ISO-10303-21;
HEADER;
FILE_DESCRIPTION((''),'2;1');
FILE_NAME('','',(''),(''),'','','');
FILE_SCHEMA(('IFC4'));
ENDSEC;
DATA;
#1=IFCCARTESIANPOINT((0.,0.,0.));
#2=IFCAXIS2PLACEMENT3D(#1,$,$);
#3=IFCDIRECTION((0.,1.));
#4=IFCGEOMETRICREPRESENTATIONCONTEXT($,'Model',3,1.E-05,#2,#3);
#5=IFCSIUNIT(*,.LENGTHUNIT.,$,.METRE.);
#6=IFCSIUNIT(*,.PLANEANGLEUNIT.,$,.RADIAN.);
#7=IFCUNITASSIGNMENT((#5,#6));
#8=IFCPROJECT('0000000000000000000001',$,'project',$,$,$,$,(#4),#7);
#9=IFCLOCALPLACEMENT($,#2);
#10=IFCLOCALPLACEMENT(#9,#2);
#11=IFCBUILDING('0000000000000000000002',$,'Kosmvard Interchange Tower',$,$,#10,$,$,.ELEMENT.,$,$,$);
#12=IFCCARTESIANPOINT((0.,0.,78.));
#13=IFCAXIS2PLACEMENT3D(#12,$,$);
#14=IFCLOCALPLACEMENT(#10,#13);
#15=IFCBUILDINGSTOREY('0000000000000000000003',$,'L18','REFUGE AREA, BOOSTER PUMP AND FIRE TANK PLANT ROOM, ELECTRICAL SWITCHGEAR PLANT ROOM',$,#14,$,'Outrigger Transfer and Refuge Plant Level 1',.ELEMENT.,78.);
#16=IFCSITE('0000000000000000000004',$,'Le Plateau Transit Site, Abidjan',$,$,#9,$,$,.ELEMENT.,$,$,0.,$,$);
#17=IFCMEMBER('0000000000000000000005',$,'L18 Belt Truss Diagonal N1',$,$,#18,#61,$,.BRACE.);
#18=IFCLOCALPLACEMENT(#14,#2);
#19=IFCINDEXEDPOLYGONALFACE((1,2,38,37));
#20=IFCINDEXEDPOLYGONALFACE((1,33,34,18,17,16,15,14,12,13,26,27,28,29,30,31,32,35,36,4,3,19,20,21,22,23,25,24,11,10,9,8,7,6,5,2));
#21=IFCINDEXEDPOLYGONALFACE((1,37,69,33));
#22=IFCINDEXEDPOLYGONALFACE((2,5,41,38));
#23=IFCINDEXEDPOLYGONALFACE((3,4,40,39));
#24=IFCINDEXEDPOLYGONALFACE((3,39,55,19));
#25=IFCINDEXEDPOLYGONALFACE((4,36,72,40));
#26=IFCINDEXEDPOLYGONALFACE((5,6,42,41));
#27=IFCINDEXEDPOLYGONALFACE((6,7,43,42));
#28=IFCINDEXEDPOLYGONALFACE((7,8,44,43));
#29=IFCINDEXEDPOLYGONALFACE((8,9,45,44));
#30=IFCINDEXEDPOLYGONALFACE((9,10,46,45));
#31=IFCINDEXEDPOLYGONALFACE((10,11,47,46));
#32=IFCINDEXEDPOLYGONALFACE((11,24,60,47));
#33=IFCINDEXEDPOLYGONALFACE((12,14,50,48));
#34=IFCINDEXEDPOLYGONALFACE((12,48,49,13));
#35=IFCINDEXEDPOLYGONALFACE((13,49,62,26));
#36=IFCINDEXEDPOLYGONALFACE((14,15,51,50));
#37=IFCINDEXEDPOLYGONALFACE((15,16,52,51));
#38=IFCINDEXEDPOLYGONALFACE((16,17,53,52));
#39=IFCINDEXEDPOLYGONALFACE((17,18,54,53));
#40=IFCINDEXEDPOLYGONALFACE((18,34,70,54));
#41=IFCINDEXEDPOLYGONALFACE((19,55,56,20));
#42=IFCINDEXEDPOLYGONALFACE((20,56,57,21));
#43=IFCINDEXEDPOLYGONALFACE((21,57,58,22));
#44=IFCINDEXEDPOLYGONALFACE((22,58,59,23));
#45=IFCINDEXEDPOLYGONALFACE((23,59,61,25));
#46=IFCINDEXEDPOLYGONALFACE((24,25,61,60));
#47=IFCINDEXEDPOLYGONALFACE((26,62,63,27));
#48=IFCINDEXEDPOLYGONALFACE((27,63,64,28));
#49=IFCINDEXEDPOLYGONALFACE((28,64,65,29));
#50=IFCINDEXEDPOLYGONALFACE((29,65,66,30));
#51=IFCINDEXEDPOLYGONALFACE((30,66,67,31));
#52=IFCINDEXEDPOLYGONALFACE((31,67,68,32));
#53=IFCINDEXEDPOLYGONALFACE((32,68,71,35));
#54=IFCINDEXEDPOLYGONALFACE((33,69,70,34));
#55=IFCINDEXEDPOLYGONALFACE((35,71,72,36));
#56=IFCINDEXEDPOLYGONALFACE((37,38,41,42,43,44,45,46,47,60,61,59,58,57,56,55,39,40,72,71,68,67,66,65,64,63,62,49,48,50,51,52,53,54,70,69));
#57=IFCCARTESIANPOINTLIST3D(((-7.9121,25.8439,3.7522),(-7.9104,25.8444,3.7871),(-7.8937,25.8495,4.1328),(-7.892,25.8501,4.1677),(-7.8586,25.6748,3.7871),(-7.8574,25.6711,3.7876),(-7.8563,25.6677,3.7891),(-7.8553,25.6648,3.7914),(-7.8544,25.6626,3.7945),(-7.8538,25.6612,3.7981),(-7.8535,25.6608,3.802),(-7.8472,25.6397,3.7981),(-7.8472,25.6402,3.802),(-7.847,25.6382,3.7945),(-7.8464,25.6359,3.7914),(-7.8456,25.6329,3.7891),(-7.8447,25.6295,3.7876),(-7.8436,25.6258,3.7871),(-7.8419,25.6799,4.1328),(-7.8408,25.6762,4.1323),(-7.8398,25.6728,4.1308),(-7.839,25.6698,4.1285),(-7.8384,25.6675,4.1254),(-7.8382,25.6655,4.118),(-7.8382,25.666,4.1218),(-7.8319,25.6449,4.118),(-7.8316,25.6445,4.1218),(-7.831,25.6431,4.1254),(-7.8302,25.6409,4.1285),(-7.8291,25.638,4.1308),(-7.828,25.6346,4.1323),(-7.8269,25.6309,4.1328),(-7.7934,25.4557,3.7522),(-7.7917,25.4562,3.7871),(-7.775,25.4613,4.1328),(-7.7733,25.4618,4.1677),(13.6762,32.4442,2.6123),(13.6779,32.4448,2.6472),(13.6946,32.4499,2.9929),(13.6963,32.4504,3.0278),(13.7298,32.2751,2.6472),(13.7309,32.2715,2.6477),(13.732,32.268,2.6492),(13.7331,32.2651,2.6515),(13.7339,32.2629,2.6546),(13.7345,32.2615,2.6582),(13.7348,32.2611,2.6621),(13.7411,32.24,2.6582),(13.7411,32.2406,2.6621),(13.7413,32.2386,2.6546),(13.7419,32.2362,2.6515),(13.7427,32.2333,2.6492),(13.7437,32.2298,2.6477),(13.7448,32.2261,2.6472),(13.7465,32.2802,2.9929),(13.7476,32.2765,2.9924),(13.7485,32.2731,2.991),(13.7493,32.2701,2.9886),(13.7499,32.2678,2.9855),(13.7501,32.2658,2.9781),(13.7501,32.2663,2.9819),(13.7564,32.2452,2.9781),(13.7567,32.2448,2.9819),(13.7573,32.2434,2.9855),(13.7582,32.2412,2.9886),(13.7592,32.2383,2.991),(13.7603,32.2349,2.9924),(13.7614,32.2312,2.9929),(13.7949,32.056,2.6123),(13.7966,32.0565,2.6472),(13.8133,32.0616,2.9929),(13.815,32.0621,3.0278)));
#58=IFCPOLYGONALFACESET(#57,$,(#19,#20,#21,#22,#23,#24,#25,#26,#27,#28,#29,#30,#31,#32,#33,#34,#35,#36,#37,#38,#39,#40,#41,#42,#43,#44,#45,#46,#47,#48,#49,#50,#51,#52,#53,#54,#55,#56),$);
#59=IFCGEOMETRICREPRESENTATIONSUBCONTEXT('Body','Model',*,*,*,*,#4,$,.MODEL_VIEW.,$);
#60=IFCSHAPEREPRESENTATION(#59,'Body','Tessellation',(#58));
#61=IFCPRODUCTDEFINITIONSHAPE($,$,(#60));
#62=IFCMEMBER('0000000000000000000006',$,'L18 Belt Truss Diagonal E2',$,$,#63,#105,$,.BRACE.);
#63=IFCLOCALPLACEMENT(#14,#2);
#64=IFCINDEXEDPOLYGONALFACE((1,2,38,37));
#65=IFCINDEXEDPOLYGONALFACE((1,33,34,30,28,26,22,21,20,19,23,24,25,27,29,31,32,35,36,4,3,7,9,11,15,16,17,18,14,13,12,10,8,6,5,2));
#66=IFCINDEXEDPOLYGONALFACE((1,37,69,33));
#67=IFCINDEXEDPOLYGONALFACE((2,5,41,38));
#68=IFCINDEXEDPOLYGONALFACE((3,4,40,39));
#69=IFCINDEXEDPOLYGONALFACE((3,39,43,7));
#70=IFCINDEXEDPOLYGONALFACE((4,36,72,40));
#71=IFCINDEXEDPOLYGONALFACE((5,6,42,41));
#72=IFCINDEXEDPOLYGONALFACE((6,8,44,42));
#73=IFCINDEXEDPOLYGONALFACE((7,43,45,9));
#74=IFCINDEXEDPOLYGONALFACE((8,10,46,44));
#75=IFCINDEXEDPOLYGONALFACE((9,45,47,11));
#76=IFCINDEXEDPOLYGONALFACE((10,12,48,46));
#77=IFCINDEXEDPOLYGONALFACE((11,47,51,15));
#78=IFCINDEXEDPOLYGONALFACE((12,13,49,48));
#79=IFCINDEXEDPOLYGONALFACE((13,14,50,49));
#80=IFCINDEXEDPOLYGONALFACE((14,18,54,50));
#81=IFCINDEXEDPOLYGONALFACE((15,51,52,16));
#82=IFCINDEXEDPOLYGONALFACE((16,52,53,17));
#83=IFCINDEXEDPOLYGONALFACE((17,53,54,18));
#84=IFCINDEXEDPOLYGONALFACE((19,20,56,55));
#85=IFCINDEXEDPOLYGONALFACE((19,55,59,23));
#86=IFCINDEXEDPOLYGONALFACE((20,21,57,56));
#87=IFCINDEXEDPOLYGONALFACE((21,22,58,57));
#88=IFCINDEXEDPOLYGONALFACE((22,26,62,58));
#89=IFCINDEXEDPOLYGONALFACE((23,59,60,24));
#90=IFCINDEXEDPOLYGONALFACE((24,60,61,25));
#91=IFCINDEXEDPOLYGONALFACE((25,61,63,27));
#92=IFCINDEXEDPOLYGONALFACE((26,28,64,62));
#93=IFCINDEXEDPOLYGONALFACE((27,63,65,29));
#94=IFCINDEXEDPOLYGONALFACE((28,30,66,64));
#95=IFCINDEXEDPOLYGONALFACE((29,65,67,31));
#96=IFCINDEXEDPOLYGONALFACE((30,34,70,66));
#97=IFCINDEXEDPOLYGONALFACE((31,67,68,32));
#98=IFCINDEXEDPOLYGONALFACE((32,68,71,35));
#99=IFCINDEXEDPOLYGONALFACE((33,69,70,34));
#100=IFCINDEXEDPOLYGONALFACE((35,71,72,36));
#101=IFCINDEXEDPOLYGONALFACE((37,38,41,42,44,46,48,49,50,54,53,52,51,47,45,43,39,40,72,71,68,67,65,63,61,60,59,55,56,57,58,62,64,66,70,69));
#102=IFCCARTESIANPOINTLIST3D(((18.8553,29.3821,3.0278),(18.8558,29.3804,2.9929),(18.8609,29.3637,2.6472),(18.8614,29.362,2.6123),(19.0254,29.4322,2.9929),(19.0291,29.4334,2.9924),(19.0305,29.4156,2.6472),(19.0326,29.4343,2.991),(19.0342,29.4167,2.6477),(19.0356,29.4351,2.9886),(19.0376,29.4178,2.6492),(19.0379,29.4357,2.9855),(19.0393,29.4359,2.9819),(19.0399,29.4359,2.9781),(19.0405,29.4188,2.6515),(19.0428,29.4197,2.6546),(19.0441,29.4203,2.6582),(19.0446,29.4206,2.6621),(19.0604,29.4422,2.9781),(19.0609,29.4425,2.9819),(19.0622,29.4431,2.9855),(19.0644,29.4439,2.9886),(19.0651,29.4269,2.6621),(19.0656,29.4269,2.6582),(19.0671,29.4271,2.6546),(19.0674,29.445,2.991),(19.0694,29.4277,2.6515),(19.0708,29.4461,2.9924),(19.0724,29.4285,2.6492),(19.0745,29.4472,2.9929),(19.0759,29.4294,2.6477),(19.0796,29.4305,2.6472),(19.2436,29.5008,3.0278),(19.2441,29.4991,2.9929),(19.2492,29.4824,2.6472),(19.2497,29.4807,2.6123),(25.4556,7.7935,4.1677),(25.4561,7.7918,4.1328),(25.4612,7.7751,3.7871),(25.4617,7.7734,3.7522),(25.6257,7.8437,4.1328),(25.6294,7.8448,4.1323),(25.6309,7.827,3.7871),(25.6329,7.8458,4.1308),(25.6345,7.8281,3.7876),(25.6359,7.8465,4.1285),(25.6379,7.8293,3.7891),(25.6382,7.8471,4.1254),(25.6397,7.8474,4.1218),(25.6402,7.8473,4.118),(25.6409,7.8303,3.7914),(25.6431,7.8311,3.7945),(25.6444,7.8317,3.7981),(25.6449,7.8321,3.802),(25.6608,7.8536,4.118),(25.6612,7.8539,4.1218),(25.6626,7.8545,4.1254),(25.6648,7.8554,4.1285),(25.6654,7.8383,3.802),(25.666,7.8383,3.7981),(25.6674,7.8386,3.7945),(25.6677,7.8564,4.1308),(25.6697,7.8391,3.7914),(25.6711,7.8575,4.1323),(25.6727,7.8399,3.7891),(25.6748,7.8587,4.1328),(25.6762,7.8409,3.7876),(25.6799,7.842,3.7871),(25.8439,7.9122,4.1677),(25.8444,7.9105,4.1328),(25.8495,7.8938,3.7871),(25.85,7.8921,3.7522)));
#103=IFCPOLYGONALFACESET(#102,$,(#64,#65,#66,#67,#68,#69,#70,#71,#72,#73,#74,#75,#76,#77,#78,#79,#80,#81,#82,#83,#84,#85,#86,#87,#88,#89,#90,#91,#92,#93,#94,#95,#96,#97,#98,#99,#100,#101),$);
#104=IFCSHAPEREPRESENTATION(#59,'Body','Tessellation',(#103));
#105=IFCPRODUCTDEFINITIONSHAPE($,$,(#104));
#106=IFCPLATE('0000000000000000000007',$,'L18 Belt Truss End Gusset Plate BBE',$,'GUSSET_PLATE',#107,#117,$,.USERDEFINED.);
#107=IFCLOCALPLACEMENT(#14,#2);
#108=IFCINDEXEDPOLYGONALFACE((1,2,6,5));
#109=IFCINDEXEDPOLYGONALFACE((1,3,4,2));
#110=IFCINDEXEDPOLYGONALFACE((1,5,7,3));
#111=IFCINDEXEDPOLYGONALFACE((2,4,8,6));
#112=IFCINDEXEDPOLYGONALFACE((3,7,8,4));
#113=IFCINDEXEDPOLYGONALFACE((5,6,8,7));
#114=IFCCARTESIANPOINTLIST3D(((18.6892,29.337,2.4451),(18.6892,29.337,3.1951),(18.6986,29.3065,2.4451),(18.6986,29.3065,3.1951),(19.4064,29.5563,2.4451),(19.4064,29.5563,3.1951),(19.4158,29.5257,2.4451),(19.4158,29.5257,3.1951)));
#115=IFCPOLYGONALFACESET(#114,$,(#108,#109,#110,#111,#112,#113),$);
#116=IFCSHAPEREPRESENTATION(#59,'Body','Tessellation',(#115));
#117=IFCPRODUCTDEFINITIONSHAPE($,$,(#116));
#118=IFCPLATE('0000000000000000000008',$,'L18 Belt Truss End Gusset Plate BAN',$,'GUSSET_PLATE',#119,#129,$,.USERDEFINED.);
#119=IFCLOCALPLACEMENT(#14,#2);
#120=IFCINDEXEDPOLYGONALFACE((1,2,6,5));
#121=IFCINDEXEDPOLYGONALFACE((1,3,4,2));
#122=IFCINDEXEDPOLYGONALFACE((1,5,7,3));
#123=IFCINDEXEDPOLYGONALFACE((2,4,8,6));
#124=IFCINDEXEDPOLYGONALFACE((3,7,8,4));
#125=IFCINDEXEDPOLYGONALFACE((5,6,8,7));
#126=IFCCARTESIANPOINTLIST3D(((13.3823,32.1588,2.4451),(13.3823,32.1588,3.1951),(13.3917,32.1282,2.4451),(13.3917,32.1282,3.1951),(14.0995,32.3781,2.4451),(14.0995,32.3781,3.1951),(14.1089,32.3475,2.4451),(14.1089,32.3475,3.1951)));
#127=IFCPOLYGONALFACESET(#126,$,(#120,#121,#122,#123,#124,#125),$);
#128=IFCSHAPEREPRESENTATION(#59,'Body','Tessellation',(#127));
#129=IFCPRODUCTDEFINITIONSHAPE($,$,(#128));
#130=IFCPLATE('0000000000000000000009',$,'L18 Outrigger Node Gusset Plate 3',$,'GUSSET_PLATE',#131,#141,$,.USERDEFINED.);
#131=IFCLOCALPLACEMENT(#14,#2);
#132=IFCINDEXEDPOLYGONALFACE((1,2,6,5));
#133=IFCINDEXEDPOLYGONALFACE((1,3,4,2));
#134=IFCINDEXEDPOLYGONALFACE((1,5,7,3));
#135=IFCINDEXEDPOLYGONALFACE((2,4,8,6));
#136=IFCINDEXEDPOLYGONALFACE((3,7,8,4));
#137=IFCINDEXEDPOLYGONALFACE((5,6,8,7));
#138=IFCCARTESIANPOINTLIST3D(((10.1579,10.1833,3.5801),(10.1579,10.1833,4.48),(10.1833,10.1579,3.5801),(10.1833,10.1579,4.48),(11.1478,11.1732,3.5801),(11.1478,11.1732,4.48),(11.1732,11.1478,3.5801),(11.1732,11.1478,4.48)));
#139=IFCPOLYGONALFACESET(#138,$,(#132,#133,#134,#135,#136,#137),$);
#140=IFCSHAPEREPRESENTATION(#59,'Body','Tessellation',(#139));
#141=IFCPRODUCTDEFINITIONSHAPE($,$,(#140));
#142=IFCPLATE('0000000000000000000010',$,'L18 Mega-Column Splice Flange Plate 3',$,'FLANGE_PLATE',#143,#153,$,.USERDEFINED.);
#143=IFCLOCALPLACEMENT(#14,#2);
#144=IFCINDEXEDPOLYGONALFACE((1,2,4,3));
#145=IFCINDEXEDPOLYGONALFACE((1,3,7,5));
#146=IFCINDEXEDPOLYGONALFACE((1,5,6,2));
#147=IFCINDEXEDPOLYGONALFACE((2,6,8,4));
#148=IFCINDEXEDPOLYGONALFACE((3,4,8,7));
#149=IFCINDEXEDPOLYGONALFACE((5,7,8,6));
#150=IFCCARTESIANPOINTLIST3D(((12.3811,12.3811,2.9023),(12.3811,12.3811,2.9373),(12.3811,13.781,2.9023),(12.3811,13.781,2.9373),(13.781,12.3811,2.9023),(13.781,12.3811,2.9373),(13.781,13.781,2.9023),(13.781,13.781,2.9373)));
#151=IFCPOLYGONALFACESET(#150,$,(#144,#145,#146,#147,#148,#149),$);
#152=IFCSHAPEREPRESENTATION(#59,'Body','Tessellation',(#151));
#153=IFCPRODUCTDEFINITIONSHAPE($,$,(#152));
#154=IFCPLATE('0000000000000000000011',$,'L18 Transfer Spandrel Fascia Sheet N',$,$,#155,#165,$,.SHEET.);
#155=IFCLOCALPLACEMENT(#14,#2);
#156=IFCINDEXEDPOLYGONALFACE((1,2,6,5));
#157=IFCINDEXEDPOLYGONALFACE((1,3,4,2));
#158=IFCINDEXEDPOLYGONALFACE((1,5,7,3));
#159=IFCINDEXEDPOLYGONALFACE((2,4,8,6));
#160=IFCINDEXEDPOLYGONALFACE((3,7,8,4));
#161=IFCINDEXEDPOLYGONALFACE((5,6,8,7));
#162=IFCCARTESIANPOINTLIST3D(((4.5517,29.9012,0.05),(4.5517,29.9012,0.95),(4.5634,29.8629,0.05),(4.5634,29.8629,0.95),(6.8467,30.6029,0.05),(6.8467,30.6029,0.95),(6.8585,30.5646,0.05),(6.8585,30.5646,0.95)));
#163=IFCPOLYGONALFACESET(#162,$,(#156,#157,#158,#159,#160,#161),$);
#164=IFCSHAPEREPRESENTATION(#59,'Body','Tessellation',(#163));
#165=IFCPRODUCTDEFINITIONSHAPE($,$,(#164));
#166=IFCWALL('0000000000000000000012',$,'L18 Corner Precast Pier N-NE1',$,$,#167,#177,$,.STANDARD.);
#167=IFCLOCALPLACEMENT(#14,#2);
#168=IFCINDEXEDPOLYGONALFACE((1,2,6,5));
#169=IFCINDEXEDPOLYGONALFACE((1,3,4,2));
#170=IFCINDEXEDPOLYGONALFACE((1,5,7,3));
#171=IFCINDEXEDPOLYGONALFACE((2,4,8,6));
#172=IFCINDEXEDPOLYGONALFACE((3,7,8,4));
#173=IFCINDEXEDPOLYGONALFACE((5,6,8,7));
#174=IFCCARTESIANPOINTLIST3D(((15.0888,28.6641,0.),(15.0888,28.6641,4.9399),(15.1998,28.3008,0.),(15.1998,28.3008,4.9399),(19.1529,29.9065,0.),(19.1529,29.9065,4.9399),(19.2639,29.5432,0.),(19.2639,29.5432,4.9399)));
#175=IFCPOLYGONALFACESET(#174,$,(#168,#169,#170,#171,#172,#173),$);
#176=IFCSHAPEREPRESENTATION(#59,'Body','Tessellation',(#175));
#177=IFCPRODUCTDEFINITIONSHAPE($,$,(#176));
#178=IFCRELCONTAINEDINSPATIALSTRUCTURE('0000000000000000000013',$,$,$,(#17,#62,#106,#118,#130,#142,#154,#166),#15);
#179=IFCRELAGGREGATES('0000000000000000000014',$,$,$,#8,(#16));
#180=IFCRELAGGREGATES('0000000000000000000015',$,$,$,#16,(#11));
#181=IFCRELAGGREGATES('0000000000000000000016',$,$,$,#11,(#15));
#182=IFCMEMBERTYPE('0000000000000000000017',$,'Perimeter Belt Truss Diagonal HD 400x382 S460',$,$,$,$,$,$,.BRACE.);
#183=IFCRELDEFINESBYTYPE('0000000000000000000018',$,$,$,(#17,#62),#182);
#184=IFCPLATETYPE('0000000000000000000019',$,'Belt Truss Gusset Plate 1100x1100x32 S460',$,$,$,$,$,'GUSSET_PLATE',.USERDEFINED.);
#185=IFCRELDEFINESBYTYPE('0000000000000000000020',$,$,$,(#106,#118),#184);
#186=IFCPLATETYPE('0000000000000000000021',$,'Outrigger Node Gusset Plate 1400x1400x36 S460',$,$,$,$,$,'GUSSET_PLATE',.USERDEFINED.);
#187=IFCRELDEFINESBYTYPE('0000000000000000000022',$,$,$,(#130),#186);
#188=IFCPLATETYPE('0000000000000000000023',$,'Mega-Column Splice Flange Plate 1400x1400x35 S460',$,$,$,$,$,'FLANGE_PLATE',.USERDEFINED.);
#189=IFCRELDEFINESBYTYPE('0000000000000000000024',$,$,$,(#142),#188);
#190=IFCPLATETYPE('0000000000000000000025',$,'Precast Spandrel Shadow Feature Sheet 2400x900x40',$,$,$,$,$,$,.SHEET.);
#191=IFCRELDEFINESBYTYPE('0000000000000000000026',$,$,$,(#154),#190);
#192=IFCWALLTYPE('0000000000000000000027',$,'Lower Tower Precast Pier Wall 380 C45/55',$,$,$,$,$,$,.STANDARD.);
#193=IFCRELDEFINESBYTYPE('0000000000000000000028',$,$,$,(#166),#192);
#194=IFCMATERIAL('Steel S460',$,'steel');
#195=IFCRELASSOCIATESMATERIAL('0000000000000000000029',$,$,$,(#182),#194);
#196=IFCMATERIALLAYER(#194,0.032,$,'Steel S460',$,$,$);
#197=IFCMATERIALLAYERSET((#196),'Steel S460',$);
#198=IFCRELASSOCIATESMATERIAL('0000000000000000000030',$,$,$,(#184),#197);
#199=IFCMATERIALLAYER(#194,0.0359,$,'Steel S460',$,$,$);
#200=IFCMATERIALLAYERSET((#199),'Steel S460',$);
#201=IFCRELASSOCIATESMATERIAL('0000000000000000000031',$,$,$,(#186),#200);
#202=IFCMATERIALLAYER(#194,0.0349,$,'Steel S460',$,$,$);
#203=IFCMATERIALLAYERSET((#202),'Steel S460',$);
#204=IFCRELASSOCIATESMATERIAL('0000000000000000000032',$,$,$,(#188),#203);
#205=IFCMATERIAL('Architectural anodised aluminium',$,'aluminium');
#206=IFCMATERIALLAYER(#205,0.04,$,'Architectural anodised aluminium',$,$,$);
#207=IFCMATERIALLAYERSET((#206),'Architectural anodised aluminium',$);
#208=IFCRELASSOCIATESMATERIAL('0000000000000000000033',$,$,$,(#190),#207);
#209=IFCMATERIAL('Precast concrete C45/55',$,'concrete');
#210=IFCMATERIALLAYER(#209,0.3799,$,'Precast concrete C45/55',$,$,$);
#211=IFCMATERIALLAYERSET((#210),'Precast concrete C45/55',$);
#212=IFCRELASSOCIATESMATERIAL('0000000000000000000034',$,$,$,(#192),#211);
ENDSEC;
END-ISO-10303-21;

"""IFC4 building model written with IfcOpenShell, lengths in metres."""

from ifc_helpers import new_model, si_unit, direction, frame, frame_2d, origin, origin_2d, place, context, subcontext, project, spatial, rectangle, i_section, extrude, source, transform, mapped, material, layer, layer_set, material_profile, profile_set, type_object, element, save


model = new_model("IFC4")

# Units and contexts
model_context = context("Model", 3, precision=1e-05, world=origin(), true_north=direction((0.0, 1.0)))
body_context = subcontext(model_context, "Body", "Model", "MODEL_VIEW")
ifc_project = project(units=[si_unit("LENGTHUNIT", "METRE"), si_unit("PLANEANGLEUNIT", "RADIAN")], contexts=[model_context])

# Site, building, storey
site_placement = place(None, origin())
site = spatial("IfcSite", under=ifc_project, at=site_placement, Name="Le Plateau Transit Site, Abidjan", CompositionType="ELEMENT", RefElevation=0.0)
building_placement = place(site_placement, origin())
building = spatial("IfcBuilding", under=site, at=building_placement, Name="Kosmvard Interchange Tower", CompositionType="ELEMENT")
storey_placement = place(building_placement, frame((0.0, 0.0, 78.0)))
storey = spatial("IfcBuildingStorey", under=building, at=storey_placement, Name="L18", Description="REFUGE AREA, BOOSTER PUMP AND FIRE TANK PLANT ROOM, ELECTRICAL SWITCHGEAR PLANT ROOM", LongName="Outrigger Transfer and Refuge Plant Level 1", CompositionType="ELEMENT", Elevation=78.0)

# Members
ifc_material_1 = material(Name="Steel S460", Category="steel")
ifc_material_profile_1 = material_profile(ifc_material_1, i_section(OverallWidth=0.406, OverallDepth=0.416, WebThickness=0.0215, FlangeThickness=0.0349, FilletRadius=0.0149, at=origin_2d()), Name="HD 400x382")
ifc_profile_set_1 = profile_set([ifc_material_profile_1], Name="Steel S460")
member_type_1 = type_object("IfcMemberType", Name="Perimeter Belt Truss Diagonal HD 400x382 S460", PredefinedType="BRACE", material=ifc_profile_set_1)
shared_shape_1 = source(origin(), body_context, "Body", "SweptSolid", [
    extrude(i_section(OverallWidth=0.406, OverallDepth=0.416, WebThickness=0.0215, FlangeThickness=0.0349, FilletRadius=0.0149, at=origin_2d()), origin(), (0.0, 0.0, 1.0), 22.6035),
])
member_1_placement = place(storey_placement, frame((13.7456, 32.2532, 2.8201), z_axis=(-0.955087, -0.292004, 0.05043), x_axis=(0.292376, -0.956303, 0.0)))
element("IfcMember", 1, at=member_1_placement, inside=storey, type_object=member_type_1, Name="L18 Belt Truss Diagonal N1", PredefinedType="BRACE", context=body_context, shape_type="MappedRepresentation", body=[
    mapped(shared_shape_1, transform((0.0, 0.0, 0.0), scale=1.0)),
])
shared_shape_2 = source(origin(), body_context, "Body", "SweptSolid", [
    extrude(i_section(OverallWidth=0.406, OverallDepth=0.416, WebThickness=0.0215, FlangeThickness=0.0349, FilletRadius=0.0149, at=origin_2d()), origin(), (0.0, 0.0, 1.0), 22.6038),
])
member_2_placement = place(storey_placement, frame((19.0525, 29.4314, 2.8201), z_axis=(0.292001, -0.955088, 0.050429), x_axis=(0.956304, 0.292373, 0.0)))
element("IfcMember", 2, at=member_2_placement, inside=storey, type_object=member_type_1, Name="L18 Belt Truss Diagonal E2", PredefinedType="BRACE", context=body_context, shape_type="MappedRepresentation", body=[
    mapped(shared_shape_2, transform((0.0, 0.0, 0.0), scale=1.0)),
])

# Plates
ifc_layer_1 = layer(ifc_material_1, 0.032, Name="Steel S460")
ifc_layer_set_1 = layer_set([ifc_layer_1], Name="Steel S460")
plate_type_1 = type_object("IfcPlateType", Name="Belt Truss Gusset Plate 1100x1100x32 S460", ElementType="GUSSET_PLATE", PredefinedType="USERDEFINED", material=ifc_layer_set_1)
shared_shape_3 = source(origin(), body_context, "Body", "SweptSolid", [
    extrude(rectangle(XDim=0.75, YDim=0.032, at=origin_2d()), origin(), (0.0, 0.0, 1.0), 0.75),
])
for number, where, z_axis, x_axis, name in (
    (3, (19.0525, 29.4314, 2.4451), (0.0, 0.0, 1.0), (0.956305, 0.292372, 0.0), "L18 Belt Truss End Gusset Plate BBE"),
    (4, (13.7456, 32.2532, 2.4451), (0.0, 0.0, 1.0), (0.956305, 0.292372, 0.0), "L18 Belt Truss End Gusset Plate BAN"),
):
    element("IfcPlate", number, at=place(storey_placement, frame(where, z_axis=z_axis, x_axis=x_axis)), inside=storey, type_object=plate_type_1, Name=name, ObjectType="GUSSET_PLATE", PredefinedType="USERDEFINED", context=body_context, shape_type="MappedRepresentation", body=[
        mapped(shared_shape_3, transform((0.0, 0.0, 0.0), scale=1.0)),
    ])
ifc_layer_2 = layer(ifc_material_1, 0.0359, Name="Steel S460")
ifc_layer_set_2 = layer_set([ifc_layer_2], Name="Steel S460")
plate_type_2 = type_object("IfcPlateType", Name="Outrigger Node Gusset Plate 1400x1400x36 S460", ElementType="GUSSET_PLATE", PredefinedType="USERDEFINED", material=ifc_layer_set_2)
shared_shape_4 = source(origin(), body_context, "Body", "SweptSolid", [
    extrude(rectangle(XDim=1.3999, YDim=0.0359, at=origin_2d()), origin(), (0.0, 0.0, 1.0), 0.8999),
])
plate_1_placement = place(storey_placement, frame((10.6655, 10.6655, 3.5801), z_axis=(0.0, 0.0, 1.0), x_axis=(0.707107, 0.707107, 0.0)))
element("IfcPlate", 5, at=plate_1_placement, inside=storey, type_object=plate_type_2, Name="L18 Outrigger Node Gusset Plate 3", ObjectType="GUSSET_PLATE", PredefinedType="USERDEFINED", context=body_context, shape_type="MappedRepresentation", body=[
    mapped(shared_shape_4, transform((0.0, 0.0, 0.0), scale=1.0)),
])
ifc_layer_3 = layer(ifc_material_1, 0.0349, Name="Steel S460")
ifc_layer_set_3 = layer_set([ifc_layer_3], Name="Steel S460")
plate_type_3 = type_object("IfcPlateType", Name="Mega-Column Splice Flange Plate 1400x1400x35 S460", ElementType="FLANGE_PLATE", PredefinedType="USERDEFINED", material=ifc_layer_set_3)
shared_shape_5 = source(origin(), body_context, "Body", "SweptSolid", [
    extrude(rectangle(XDim=1.3999, YDim=1.3999, at=origin_2d()), origin(), (0.0, 0.0, 1.0), 0.0349),
])
plate_2_placement = place(storey_placement, frame((13.0811, 13.0811, 2.9023), z_axis=(0.0, 0.0, 1.0), x_axis=(1.0, 0.0, 0.0)))
element("IfcPlate", 6, at=plate_2_placement, inside=storey, type_object=plate_type_3, Name="L18 Mega-Column Splice Flange Plate 3", ObjectType="FLANGE_PLATE", PredefinedType="USERDEFINED", context=body_context, shape_type="MappedRepresentation", body=[
    mapped(shared_shape_5, transform((0.0, 0.0, 0.0), scale=1.0)),
])
ifc_material_2 = material(Name="Architectural anodised aluminium", Category="aluminium")
ifc_layer_4 = layer(ifc_material_2, 0.04, Name="Architectural anodised aluminium")
ifc_layer_set_4 = layer_set([ifc_layer_4], Name="Architectural anodised aluminium")
plate_type_4 = type_object("IfcPlateType", Name="Precast Spandrel Shadow Feature Sheet 2400x900x40", PredefinedType="SHEET", material=ifc_layer_set_4)
shared_shape_6 = source(origin(), body_context, "Body", "SweptSolid", [
    extrude(rectangle(XDim=0.04, YDim=2.3999, at=origin_2d()), origin(), (0.0, 0.0, 1.0), 0.8999),
])
plate_3_placement = place(storey_placement, frame((5.7051, 30.2329, 0.05), z_axis=(0.0, 0.0, 1.0), x_axis=(-0.292372, 0.956305, 0.0)))
element("IfcPlate", 7, at=plate_3_placement, inside=storey, type_object=plate_type_4, Name="L18 Transfer Spandrel Fascia Sheet N", PredefinedType="SHEET", context=body_context, shape_type="MappedRepresentation", body=[
    mapped(shared_shape_6, transform((0.0, 0.0, 0.0), scale=1.0)),
])

# Wall
ifc_material_3 = material(Name="Precast concrete C45/55", Category="concrete")
ifc_layer_5 = layer(ifc_material_3, 0.3799, Name="Precast concrete C45/55")
ifc_layer_set_5 = layer_set([ifc_layer_5], Name="Precast concrete C45/55")
wall_type_1 = type_object("IfcWallType", Name="Lower Tower Precast Pier Wall 380 C45/55", PredefinedType="STANDARD", material=ifc_layer_set_5)
wall_1_placement = place(storey_placement, frame((19.2085, 29.7249, 0.0), z_axis=(0.0, 0.0, 1.0), x_axis=(-0.956313, -0.292346, 0.0)))
element("IfcWall", 8, at=wall_1_placement, inside=storey, type_object=wall_type_1, Name="L18 Corner Precast Pier N-NE1", PredefinedType="STANDARD", context=body_context, shape_type="SweptSolid", body=[
    extrude(rectangle(XDim=4.2498, YDim=0.3799, at=frame_2d((2.125, 0.0))), origin(), (0.0, 0.0, 1.0), 4.9399),
])

save(model, "model.ifc")
